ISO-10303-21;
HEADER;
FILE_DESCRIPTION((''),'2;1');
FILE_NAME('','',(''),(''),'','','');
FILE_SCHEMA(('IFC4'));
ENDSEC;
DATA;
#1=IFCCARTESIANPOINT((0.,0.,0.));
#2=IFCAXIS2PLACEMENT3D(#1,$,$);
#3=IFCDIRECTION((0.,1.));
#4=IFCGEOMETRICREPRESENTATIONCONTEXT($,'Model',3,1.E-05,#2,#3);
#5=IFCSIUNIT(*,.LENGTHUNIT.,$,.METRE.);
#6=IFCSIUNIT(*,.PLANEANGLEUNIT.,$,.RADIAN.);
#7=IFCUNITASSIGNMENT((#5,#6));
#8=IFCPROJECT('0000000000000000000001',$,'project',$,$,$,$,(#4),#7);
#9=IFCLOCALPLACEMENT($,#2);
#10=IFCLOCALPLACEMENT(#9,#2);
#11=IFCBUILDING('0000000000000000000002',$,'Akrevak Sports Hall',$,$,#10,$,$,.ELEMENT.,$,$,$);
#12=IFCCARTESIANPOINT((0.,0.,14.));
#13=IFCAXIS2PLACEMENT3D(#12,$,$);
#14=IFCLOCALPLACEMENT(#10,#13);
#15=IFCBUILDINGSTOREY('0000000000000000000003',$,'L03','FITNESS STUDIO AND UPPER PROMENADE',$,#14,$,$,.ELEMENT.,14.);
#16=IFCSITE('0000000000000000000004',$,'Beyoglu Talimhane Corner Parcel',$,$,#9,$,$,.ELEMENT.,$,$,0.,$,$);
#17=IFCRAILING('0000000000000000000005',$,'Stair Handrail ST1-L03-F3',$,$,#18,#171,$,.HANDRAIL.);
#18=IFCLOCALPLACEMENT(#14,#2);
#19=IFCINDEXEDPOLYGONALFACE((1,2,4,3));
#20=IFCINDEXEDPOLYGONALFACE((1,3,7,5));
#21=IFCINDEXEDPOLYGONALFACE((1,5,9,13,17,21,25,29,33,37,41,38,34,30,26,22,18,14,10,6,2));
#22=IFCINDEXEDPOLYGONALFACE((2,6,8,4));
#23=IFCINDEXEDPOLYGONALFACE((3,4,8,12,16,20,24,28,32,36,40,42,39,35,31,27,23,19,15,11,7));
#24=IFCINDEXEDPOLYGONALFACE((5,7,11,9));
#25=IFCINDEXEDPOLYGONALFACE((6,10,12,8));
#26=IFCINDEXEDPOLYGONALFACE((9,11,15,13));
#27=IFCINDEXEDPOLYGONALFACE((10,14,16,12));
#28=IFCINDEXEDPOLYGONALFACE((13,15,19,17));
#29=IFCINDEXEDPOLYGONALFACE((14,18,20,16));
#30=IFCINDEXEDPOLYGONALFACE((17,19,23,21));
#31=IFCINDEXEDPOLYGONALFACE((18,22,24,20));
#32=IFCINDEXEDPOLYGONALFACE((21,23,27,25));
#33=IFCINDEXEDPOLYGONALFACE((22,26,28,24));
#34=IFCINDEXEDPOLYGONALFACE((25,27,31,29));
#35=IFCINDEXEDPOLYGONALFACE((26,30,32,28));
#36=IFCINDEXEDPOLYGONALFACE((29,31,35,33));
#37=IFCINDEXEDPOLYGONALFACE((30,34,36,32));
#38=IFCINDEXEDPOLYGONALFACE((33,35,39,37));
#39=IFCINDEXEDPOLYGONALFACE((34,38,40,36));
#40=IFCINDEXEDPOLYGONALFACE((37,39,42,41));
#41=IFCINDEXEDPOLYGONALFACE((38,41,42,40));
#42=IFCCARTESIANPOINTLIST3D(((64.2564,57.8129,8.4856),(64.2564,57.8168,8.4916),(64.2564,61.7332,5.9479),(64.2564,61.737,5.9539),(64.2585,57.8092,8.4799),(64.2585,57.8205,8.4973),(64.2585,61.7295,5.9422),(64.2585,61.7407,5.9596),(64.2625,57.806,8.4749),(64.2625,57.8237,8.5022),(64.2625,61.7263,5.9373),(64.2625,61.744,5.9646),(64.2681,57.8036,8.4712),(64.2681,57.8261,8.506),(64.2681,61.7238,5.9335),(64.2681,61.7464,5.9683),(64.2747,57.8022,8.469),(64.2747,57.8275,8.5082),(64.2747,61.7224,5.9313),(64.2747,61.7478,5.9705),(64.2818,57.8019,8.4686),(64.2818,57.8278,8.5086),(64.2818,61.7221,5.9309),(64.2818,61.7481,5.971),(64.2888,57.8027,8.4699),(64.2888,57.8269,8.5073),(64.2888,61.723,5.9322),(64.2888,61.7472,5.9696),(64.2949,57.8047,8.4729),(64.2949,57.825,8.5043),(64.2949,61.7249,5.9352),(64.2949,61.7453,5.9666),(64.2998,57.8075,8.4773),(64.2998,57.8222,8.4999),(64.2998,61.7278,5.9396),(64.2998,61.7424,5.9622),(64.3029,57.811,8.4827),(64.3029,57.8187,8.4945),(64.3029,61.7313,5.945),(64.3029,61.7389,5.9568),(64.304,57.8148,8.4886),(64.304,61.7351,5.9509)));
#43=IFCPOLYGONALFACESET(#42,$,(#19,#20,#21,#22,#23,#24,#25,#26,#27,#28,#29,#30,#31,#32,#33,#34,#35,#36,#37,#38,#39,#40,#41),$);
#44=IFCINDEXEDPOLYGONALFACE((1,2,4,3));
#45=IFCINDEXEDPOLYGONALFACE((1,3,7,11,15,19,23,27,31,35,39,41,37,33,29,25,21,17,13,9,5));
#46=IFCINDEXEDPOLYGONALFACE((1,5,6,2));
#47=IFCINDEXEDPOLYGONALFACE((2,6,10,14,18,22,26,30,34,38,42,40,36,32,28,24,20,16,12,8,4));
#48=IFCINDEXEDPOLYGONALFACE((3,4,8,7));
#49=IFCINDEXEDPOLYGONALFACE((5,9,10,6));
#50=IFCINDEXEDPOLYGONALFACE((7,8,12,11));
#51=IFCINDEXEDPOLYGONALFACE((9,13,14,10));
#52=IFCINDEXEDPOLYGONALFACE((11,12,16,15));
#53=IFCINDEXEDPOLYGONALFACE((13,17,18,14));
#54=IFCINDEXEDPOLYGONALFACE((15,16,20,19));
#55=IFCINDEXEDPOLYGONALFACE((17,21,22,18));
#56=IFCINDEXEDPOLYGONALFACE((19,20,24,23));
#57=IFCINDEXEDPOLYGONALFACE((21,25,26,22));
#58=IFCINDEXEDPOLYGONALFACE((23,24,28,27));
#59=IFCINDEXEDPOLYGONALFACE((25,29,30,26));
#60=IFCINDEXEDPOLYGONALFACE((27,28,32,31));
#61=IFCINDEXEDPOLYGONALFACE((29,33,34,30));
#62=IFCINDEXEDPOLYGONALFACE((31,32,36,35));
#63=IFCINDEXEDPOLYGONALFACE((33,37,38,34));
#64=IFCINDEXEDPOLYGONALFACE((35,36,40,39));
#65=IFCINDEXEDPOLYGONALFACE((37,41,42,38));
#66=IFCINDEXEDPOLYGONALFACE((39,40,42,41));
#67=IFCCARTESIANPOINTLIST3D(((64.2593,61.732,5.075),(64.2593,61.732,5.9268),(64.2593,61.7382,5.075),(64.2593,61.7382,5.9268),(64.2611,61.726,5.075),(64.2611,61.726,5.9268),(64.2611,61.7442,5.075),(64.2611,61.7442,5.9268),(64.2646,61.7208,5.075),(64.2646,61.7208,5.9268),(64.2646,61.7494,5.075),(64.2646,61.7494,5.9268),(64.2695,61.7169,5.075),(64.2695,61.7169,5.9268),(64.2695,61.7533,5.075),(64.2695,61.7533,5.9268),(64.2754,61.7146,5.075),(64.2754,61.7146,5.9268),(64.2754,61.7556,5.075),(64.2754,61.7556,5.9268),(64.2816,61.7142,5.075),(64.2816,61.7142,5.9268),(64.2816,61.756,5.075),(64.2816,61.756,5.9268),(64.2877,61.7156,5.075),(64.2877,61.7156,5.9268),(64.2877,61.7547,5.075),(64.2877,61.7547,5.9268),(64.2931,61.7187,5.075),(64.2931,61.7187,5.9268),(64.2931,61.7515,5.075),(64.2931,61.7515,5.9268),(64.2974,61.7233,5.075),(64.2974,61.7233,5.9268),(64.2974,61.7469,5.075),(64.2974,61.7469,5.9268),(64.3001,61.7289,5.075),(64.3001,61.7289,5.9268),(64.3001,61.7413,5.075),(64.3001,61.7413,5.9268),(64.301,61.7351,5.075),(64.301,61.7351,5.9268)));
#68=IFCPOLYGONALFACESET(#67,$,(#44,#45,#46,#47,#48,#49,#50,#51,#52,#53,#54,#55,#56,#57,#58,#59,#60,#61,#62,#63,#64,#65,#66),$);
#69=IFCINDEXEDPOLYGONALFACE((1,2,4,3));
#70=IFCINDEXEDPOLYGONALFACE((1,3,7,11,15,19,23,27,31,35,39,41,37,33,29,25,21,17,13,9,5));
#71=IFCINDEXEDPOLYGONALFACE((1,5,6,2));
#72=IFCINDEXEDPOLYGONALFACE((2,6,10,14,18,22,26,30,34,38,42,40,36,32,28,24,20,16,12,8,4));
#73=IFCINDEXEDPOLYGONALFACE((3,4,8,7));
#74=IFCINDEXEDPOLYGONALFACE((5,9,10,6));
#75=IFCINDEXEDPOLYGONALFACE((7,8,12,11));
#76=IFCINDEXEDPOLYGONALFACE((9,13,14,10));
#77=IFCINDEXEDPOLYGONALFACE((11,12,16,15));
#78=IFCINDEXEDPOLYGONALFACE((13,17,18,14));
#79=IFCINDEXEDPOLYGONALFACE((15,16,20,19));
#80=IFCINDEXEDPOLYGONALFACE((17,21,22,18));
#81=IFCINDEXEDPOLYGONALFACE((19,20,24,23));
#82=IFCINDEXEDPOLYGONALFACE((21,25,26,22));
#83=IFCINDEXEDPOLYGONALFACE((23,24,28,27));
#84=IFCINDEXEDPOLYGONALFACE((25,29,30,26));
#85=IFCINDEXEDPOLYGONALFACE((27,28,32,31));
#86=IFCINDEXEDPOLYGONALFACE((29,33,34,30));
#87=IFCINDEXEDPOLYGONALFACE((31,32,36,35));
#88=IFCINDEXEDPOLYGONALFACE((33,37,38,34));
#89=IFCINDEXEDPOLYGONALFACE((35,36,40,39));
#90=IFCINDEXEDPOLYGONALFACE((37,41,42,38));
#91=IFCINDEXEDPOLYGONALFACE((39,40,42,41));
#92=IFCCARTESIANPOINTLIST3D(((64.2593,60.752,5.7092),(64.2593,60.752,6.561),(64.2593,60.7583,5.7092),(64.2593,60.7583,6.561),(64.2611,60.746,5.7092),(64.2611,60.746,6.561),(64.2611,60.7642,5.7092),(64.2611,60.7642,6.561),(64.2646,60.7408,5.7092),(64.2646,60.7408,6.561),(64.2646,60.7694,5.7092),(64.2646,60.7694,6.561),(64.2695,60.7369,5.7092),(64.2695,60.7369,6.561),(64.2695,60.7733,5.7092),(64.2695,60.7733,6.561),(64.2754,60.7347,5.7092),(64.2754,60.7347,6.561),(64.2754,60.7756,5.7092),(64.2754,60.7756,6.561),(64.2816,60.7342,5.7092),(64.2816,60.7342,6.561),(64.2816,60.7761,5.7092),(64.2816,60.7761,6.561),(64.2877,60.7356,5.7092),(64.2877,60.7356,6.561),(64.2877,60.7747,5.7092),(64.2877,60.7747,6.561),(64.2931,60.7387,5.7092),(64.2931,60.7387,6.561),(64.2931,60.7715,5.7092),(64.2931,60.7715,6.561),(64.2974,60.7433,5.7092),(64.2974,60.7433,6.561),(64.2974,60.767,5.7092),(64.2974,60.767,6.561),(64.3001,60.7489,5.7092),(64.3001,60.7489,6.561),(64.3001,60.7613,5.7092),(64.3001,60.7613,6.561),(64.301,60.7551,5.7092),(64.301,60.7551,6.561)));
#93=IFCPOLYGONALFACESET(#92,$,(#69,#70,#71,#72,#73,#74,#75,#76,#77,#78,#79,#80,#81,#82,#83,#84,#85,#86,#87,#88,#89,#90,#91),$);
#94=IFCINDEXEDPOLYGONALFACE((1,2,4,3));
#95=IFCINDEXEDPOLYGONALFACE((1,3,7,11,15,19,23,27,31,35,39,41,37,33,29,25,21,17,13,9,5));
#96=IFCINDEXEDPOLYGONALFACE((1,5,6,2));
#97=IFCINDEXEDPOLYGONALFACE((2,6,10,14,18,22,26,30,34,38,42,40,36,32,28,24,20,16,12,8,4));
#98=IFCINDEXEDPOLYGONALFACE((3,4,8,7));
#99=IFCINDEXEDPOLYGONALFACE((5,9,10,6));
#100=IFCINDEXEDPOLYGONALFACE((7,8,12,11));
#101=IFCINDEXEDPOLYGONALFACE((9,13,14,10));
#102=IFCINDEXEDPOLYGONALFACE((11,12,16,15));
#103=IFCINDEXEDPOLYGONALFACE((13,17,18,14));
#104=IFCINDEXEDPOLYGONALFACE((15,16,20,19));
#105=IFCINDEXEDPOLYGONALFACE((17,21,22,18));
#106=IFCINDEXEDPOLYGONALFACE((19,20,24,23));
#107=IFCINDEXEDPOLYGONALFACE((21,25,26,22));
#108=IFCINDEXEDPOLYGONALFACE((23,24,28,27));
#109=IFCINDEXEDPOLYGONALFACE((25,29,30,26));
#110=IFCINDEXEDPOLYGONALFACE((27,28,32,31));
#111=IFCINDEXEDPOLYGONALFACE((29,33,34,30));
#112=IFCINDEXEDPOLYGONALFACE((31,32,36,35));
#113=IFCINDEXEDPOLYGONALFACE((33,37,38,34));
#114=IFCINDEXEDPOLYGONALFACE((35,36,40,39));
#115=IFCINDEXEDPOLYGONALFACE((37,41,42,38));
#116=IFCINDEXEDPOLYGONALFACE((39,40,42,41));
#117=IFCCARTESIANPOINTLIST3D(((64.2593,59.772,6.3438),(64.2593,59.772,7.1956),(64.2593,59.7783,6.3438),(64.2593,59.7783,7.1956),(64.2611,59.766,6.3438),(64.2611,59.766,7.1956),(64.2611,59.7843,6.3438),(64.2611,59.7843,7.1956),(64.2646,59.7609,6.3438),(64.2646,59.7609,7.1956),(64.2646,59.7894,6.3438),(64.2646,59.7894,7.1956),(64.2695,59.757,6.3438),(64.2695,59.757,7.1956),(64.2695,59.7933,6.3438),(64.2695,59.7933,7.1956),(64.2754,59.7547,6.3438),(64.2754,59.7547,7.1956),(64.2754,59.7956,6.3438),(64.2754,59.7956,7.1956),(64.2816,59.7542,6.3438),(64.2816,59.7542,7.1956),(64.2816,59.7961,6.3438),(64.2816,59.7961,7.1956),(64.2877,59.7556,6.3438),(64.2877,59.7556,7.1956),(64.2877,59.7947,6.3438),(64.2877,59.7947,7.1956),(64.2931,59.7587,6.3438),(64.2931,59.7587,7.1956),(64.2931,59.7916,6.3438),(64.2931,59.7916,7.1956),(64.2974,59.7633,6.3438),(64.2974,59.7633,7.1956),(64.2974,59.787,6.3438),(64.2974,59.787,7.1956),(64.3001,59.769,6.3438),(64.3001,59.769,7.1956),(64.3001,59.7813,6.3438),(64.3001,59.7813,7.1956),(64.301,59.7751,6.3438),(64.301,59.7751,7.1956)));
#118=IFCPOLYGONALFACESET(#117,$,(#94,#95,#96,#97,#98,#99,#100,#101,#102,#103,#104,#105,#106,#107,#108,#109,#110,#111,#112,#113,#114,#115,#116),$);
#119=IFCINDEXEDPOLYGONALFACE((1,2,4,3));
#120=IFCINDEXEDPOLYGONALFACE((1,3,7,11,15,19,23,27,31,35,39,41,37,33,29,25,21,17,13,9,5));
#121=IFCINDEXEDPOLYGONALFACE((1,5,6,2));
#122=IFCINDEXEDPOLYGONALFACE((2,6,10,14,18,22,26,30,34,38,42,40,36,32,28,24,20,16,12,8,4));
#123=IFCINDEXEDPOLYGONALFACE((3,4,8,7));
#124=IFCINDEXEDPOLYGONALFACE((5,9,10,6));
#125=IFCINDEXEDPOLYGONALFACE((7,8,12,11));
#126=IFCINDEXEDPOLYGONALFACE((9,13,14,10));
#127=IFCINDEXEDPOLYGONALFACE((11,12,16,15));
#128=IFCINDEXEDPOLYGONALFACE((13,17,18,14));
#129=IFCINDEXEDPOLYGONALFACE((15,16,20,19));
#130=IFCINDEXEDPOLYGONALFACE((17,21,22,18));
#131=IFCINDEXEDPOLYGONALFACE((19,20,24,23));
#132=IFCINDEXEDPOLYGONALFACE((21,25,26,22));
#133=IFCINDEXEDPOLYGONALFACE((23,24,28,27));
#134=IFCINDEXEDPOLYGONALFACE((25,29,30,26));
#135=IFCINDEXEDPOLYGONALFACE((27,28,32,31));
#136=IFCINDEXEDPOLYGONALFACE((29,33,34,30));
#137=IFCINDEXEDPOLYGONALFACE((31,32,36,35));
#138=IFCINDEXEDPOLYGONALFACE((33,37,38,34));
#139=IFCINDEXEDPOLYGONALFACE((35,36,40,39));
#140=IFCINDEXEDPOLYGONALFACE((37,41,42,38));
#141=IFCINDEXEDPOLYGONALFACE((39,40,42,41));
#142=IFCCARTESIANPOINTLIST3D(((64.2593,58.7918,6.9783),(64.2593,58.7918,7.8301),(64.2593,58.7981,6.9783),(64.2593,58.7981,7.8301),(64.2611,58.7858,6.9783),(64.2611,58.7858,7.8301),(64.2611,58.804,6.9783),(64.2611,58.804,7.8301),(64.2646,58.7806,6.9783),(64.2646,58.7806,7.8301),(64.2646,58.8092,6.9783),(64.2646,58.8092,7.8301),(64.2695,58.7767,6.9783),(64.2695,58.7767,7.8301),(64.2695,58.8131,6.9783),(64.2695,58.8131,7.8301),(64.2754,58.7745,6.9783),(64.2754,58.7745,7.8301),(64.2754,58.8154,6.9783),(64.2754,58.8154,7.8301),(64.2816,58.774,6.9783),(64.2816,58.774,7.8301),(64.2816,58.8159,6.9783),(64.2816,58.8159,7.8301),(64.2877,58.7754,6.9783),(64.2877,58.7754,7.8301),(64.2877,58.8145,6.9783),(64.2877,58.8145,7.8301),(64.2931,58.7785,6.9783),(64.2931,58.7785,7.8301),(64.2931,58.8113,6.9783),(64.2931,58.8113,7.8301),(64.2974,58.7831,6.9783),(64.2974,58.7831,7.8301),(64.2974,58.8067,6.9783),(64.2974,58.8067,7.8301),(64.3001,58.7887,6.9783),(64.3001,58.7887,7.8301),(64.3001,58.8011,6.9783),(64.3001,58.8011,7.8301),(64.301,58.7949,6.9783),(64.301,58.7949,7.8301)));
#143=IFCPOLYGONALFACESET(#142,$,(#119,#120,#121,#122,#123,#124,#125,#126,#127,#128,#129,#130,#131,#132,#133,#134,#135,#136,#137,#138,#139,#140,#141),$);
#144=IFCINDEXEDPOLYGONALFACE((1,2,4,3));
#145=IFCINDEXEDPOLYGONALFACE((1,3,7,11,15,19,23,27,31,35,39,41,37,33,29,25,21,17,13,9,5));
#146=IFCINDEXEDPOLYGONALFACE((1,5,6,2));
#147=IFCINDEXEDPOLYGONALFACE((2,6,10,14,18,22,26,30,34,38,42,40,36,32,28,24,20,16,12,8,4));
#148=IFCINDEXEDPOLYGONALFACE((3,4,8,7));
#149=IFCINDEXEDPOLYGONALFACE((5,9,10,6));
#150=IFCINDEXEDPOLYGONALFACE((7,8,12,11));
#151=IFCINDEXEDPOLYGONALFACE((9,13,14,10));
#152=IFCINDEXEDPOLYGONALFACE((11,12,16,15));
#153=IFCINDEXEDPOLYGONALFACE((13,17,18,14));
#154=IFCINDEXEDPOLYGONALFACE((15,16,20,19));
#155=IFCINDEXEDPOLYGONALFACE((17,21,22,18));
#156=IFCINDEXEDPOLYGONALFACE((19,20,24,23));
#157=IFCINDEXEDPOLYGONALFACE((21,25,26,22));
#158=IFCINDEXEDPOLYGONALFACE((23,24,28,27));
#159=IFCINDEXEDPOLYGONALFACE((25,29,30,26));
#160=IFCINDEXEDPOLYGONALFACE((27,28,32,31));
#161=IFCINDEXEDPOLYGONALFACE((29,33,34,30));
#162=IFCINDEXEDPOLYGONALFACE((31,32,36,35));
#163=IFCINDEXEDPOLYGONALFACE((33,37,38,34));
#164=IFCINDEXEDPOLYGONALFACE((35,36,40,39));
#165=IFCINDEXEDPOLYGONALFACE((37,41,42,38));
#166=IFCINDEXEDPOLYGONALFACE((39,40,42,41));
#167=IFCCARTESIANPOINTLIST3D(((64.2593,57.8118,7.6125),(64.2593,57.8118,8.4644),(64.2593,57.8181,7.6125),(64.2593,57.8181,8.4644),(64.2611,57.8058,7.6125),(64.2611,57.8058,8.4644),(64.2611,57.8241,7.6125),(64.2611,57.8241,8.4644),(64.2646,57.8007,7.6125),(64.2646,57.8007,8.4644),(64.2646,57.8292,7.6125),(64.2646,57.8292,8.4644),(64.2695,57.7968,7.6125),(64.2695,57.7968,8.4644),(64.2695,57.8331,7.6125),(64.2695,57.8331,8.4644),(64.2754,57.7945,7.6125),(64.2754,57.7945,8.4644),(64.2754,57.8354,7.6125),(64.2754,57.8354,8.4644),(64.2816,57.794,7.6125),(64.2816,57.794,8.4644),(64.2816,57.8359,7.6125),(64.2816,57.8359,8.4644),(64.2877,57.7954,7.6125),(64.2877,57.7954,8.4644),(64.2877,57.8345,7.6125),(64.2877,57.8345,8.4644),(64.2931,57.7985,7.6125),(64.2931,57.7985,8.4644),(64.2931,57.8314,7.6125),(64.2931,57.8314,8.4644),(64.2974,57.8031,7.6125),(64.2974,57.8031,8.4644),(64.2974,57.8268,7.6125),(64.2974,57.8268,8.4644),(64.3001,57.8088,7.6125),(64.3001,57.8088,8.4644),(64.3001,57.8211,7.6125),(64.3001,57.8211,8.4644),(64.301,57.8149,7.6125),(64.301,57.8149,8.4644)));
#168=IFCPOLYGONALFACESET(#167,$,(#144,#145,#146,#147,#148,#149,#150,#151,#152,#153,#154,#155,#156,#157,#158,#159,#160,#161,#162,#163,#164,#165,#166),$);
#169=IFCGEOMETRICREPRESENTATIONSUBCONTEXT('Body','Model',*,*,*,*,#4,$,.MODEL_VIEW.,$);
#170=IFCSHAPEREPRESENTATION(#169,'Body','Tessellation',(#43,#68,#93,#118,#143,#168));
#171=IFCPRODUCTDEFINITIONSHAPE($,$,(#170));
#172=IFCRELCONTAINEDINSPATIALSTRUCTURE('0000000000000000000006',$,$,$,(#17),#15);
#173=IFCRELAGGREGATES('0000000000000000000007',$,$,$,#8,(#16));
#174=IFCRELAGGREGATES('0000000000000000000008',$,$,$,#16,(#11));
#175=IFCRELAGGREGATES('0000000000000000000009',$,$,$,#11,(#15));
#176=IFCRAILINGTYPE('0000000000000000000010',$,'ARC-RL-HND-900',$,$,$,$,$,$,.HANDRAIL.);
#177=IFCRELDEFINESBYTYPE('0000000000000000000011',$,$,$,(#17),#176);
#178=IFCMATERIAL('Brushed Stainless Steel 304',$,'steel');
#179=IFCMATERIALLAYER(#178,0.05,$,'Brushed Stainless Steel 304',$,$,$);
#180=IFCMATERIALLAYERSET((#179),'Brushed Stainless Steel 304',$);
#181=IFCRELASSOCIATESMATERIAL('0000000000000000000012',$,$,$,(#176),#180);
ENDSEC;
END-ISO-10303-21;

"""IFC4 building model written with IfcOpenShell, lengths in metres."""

from ifc_helpers import new_model, si_unit, direction, frame, origin, origin_2d, place, context, subcontext, project, spatial, circle, extrude, material, layer, layer_set, type_object, element, save


model = new_model("IFC4")

# Units and contexts
model_context = context("Model", 3, precision=1e-05, world=origin(), true_north=direction((0.0, 1.0)))
body_context = subcontext(model_context, "Body", "Model", "MODEL_VIEW")
ifc_project = project(units=[si_unit("LENGTHUNIT", "METRE"), si_unit("PLANEANGLEUNIT", "RADIAN")], contexts=[model_context])

# Site, building, storey
site_placement = place(None, origin())
site = spatial("IfcSite", under=ifc_project, at=site_placement, Name="Beyoglu Talimhane Corner Parcel", CompositionType="ELEMENT", RefElevation=0.0)
building_placement = place(site_placement, origin())
building = spatial("IfcBuilding", under=site, at=building_placement, Name="Akrevak Sports Hall", CompositionType="ELEMENT")
storey_placement = place(building_placement, frame((0.0, 0.0, 14.0)))
storey = spatial("IfcBuildingStorey", under=building, at=storey_placement, Name="L03", Description="FITNESS STUDIO AND UPPER PROMENADE", CompositionType="ELEMENT", Elevation=14.0)

# Railing
ifc_material_1 = material(Name="Brushed Stainless Steel 304", Category="steel")
ifc_layer_1 = layer(ifc_material_1, 0.05, Name="Brushed Stainless Steel 304")
ifc_layer_set_1 = layer_set([ifc_layer_1], Name="Brushed Stainless Steel 304")
railing_type_1 = type_object("IfcRailingType", Name="ARC-RL-HND-900", PredefinedType="HANDRAIL", material=ifc_layer_set_1)
railing_1_placement = place(storey_placement, frame((64.28, 61.7351, 5.075)))
element("IfcRailing", 1, at=railing_1_placement, inside=storey, type_object=railing_type_1, Name="Stair Handrail ST1-L03-F3", PredefinedType="HANDRAIL", context=body_context, shape_type="SweptSolid", body=[
    extrude(circle(Radius=0.0239, at=origin_2d()), frame((0.0, 0.0, 0.876), z_axis=(0.0, -0.839471, 0.543405), x_axis=(1.0, 0.0, 0.0)), (0.0, 0.0, 1.0), 4.6699),
    extrude(circle(Radius=0.021, at=origin_2d()), origin(), (0.0, 0.0, 1.0), 0.8518),
    extrude(circle(Radius=0.021, at=origin_2d()), frame((0.0, -0.98, 0.6343)), (0.0, 0.0, 1.0), 0.8518),
    extrude(circle(Radius=0.021, at=origin_2d()), frame((0.0, -1.96, 1.2688)), (0.0, 0.0, 1.0), 0.8518),
    extrude(circle(Radius=0.021, at=origin_2d()), frame((0.0, -2.9402, 1.9033)), (0.0, 0.0, 1.0), 0.8518),
    extrude(circle(Radius=0.021, at=origin_2d()), frame((0.0, -3.9202, 2.5376)), (0.0, 0.0, 1.0), 0.8518),
])

save(model, "model.ifc")
